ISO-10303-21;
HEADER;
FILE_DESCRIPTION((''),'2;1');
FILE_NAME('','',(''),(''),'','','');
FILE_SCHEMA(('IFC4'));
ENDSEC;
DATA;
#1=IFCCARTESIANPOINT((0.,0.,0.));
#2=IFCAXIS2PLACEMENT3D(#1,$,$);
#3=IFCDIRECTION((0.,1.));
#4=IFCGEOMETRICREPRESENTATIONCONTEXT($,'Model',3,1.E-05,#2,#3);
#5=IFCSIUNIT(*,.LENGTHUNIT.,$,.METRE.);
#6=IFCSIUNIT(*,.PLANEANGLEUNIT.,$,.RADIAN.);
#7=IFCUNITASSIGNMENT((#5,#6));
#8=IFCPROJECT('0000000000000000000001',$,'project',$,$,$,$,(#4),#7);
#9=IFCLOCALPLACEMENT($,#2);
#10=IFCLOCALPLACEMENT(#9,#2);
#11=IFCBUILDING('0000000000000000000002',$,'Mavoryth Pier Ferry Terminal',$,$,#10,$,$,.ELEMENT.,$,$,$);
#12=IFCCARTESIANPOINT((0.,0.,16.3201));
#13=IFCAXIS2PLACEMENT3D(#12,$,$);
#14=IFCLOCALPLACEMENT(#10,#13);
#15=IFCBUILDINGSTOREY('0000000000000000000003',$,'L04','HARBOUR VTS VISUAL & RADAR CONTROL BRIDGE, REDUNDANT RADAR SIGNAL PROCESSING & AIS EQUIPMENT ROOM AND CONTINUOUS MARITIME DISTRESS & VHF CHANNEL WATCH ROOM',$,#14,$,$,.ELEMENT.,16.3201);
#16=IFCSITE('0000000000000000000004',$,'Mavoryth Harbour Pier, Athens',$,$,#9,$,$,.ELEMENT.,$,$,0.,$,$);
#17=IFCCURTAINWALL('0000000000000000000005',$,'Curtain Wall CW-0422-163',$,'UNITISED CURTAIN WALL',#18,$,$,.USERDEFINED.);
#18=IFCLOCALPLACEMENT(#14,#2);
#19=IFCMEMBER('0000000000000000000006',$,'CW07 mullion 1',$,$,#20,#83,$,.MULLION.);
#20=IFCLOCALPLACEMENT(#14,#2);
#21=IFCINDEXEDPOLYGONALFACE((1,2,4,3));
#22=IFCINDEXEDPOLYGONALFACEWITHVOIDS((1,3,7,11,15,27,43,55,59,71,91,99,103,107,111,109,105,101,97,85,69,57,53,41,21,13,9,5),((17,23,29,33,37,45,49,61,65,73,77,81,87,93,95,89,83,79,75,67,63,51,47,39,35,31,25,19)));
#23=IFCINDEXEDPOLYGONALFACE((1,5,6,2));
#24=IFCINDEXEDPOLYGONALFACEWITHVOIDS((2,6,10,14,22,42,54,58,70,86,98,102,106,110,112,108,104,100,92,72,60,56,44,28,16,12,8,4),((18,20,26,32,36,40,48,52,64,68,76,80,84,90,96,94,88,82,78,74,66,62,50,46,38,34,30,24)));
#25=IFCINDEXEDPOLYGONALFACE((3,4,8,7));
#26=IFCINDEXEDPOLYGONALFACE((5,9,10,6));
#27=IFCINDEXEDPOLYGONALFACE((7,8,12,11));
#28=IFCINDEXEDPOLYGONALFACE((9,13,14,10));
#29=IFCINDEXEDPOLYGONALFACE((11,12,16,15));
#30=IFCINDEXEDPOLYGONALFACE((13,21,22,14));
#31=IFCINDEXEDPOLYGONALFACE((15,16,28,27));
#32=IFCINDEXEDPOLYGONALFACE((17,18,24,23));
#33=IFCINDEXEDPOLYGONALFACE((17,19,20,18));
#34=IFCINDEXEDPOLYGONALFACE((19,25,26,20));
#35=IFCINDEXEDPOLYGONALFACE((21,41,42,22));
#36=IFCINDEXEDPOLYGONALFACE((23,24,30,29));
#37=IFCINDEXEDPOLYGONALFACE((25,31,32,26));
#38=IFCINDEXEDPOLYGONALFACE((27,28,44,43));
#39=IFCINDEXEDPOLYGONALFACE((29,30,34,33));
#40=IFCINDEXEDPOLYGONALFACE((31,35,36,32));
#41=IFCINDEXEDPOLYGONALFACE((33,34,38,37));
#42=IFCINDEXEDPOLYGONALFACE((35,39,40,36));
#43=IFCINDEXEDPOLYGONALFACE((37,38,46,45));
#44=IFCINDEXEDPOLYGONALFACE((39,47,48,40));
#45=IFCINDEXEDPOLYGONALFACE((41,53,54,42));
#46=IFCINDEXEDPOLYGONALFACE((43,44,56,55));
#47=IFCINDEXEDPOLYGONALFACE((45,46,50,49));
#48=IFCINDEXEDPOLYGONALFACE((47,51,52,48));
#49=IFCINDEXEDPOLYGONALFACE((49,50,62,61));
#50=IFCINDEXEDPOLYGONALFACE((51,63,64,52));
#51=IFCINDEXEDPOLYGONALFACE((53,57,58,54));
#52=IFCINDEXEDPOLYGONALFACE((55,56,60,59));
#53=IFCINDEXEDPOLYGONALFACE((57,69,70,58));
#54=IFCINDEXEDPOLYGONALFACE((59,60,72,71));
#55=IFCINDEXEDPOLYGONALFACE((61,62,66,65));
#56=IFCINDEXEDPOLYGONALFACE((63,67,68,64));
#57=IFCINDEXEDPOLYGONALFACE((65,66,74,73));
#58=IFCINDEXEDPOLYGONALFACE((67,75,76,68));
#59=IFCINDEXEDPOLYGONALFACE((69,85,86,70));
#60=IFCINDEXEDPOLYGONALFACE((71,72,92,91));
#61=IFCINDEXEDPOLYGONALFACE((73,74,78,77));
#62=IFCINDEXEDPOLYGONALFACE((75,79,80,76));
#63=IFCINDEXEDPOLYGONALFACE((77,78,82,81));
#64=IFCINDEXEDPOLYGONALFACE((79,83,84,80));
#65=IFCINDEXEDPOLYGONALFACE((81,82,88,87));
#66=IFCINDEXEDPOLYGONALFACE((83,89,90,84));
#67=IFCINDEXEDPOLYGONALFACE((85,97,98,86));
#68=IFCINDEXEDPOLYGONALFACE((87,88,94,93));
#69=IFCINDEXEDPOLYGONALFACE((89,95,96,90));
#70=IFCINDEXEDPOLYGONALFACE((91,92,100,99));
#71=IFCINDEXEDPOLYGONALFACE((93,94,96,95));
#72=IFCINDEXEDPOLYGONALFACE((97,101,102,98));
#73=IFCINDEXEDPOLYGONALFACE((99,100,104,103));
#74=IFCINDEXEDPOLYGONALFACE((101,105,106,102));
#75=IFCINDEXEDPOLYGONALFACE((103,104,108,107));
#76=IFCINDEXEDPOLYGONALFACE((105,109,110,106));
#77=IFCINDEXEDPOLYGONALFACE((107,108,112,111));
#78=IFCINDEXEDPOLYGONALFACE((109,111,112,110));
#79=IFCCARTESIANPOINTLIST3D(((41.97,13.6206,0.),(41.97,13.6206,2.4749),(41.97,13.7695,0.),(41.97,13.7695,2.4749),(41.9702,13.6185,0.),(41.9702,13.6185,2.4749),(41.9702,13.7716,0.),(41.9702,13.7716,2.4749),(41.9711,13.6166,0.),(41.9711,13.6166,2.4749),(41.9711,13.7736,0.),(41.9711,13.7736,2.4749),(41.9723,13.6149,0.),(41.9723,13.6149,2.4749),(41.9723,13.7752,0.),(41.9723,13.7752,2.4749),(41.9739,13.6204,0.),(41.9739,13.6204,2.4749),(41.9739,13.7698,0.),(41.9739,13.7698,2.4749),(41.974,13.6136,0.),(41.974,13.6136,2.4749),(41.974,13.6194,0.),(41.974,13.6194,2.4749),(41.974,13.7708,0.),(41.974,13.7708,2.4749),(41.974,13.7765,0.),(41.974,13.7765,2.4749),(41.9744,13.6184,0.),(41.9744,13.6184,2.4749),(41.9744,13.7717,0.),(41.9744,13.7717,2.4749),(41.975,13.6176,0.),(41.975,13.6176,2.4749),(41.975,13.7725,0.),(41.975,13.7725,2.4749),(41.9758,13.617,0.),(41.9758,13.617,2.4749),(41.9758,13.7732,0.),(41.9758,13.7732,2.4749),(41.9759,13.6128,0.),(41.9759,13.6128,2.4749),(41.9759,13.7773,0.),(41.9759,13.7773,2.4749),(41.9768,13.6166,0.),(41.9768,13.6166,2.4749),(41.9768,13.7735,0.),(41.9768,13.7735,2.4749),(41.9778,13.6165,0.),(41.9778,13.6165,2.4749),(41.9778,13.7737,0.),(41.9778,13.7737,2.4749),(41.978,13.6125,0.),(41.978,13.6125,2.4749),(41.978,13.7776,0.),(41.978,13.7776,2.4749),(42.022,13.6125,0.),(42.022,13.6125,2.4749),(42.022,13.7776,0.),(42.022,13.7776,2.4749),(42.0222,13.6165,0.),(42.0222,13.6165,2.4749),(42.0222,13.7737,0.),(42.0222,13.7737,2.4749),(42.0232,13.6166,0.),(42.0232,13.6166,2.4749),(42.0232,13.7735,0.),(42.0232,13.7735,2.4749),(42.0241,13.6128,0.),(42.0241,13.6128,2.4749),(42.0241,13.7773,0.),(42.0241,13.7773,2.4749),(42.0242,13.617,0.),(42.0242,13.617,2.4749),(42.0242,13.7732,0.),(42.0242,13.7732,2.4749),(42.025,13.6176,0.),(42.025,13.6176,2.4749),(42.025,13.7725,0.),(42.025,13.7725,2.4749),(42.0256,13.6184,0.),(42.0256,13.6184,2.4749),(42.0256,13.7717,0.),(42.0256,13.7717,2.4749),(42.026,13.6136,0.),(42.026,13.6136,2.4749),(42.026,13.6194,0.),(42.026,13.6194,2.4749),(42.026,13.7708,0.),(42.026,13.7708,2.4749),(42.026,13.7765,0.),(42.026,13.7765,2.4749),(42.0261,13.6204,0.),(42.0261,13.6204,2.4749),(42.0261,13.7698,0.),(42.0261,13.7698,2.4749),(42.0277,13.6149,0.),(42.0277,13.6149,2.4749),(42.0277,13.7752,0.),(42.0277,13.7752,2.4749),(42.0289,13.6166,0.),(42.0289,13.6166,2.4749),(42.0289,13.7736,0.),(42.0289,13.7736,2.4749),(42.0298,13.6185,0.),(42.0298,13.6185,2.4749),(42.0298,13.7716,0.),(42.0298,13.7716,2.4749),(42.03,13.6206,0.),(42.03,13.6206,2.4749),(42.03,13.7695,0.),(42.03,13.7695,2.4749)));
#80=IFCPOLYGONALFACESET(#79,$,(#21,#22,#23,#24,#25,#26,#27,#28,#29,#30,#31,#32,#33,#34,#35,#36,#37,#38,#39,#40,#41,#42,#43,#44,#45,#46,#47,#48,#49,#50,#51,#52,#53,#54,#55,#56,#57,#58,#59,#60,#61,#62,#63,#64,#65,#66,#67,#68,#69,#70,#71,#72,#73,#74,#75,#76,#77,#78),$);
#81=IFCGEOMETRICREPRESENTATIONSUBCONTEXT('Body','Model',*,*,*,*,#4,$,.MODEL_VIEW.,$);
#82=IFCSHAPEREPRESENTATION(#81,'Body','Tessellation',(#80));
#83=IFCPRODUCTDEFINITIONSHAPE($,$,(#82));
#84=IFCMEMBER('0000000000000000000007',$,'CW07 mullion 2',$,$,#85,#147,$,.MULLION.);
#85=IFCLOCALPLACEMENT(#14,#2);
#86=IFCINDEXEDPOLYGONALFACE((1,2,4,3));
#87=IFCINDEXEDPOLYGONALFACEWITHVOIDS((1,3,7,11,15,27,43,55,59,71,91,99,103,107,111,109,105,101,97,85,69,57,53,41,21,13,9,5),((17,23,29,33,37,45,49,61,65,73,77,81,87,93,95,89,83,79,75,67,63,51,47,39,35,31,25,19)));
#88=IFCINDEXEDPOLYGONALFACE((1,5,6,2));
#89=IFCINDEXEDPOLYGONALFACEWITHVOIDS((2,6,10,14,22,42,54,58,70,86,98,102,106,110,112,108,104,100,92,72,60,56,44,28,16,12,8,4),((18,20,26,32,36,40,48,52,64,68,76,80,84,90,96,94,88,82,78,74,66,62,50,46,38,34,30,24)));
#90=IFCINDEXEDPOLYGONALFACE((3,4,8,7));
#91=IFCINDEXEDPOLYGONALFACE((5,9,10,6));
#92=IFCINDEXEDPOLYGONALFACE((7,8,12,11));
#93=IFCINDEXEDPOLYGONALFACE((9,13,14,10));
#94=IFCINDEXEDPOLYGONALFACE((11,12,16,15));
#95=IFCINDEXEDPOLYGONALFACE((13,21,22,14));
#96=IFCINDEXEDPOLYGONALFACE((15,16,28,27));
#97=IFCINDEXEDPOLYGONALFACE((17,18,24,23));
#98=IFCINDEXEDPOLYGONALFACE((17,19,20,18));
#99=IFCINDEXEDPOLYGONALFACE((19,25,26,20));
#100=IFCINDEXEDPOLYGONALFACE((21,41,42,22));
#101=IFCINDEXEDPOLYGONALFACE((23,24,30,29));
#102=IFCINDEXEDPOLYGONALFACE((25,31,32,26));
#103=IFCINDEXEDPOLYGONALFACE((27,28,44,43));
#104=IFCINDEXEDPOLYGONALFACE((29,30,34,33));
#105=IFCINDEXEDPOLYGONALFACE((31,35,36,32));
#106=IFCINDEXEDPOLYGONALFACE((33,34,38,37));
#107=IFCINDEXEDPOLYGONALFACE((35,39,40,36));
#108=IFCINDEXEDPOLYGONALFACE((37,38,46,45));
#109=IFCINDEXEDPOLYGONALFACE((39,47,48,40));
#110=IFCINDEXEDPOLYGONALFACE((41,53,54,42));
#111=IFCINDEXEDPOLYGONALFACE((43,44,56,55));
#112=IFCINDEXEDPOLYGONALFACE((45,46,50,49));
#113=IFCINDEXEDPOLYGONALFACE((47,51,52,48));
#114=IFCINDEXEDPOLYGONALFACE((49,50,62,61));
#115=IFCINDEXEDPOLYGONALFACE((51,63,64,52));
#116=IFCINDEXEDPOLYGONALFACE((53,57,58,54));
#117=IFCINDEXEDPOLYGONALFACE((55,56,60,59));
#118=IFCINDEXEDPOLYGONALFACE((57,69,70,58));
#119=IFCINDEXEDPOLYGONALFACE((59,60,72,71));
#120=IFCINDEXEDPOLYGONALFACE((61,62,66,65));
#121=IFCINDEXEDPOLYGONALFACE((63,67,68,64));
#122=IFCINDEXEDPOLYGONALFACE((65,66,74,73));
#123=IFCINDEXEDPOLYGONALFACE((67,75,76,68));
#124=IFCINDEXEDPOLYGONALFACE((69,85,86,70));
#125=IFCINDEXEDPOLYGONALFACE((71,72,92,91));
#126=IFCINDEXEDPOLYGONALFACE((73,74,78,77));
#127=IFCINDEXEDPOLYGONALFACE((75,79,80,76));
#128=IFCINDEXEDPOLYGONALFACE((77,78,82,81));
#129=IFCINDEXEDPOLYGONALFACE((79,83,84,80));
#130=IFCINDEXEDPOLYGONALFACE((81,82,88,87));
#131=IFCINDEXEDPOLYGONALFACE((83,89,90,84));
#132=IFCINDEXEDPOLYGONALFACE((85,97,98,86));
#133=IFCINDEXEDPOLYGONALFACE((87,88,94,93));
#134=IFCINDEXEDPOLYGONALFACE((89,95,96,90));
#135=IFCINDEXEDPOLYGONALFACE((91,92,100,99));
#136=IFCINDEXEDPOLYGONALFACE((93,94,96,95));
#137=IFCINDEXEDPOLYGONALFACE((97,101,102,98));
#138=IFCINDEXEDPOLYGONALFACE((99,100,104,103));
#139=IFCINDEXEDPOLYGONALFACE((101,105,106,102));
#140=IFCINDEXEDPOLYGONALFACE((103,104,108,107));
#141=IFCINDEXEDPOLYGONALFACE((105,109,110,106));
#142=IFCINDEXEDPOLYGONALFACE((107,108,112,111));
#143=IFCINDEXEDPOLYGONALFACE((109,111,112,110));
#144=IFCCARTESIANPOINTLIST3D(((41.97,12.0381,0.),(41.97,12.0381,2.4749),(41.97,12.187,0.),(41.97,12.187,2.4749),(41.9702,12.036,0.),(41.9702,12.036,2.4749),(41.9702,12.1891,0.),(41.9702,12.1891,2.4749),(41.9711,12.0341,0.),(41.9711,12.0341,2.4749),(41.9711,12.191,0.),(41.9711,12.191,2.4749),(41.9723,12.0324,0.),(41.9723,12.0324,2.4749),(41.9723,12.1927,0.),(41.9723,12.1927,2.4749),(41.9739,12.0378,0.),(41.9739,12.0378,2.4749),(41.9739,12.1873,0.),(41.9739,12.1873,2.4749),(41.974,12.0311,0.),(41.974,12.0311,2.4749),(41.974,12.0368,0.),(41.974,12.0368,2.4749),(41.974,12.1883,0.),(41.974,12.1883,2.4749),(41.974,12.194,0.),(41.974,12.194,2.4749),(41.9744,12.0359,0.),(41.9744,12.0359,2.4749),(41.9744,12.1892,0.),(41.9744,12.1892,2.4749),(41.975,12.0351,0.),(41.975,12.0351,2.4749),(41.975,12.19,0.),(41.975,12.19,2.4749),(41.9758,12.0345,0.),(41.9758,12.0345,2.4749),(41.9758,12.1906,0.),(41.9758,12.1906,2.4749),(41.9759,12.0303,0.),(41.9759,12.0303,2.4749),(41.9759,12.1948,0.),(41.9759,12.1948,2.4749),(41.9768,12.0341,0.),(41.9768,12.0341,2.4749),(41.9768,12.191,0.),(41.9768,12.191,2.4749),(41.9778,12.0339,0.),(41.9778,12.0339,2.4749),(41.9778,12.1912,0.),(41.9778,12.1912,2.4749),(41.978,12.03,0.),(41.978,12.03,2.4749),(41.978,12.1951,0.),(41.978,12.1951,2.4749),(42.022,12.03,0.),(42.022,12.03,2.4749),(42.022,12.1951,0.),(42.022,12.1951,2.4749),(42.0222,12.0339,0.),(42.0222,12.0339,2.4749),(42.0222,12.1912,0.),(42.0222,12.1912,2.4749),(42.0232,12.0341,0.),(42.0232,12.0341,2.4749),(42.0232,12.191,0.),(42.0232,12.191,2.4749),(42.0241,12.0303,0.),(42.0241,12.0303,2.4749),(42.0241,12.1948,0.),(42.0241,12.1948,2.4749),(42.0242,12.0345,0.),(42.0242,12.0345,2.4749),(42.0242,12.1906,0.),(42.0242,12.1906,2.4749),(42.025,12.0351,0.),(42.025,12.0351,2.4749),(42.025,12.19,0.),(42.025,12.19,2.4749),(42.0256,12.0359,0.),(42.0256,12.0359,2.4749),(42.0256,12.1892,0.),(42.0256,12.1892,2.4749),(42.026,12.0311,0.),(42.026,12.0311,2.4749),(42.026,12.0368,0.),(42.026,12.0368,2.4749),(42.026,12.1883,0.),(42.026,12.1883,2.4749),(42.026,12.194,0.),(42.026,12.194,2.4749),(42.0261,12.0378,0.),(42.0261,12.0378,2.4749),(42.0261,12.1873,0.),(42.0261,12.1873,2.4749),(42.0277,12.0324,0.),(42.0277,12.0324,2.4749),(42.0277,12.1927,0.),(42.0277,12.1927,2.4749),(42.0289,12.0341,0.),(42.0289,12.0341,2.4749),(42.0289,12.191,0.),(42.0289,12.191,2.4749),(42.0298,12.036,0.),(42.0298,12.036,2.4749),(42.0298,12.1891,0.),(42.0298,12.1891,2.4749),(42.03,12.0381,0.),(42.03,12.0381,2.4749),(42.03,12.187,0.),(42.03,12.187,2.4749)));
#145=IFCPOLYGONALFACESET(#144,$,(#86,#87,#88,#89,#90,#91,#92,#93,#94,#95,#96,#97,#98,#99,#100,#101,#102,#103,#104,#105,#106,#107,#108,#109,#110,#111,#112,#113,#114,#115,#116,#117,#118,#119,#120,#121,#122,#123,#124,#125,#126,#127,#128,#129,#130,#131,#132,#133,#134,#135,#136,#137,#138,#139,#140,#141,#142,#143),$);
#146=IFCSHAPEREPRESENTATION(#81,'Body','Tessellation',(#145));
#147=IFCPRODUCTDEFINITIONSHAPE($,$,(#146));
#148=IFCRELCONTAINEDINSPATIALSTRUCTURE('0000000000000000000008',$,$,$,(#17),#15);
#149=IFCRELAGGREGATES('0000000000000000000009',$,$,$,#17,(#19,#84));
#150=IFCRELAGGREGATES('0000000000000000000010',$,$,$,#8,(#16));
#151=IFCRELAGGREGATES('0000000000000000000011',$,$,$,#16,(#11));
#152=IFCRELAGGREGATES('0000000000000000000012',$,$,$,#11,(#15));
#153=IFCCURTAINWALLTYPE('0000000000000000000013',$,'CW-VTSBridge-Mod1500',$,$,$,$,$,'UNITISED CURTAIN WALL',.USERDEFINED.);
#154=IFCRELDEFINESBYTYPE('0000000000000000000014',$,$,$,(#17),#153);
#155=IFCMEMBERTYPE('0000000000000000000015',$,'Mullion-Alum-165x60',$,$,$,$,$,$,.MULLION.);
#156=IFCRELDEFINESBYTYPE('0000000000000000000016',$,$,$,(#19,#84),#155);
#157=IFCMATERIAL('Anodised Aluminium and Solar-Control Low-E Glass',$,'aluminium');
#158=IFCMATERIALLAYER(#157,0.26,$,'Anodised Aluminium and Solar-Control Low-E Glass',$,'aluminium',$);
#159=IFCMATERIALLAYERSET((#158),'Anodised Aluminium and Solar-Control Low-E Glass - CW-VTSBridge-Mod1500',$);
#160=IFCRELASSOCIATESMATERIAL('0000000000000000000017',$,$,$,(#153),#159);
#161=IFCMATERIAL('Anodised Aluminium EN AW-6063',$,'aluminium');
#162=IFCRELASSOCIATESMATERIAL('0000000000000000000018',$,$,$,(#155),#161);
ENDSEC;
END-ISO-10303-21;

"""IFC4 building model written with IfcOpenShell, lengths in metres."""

from ifc_helpers import new_model, si_unit, direction, frame, origin, origin_2d, place, context, subcontext, project, spatial, hollow_rectangle, extrude, material, layer, layer_set, material_profile, profile_set, type_object, element, aggregate, save


model = new_model("IFC4")

# Units and contexts
model_context = context("Model", 3, precision=1e-05, world=origin(), true_north=direction((0.0, 1.0)))
body_context = subcontext(model_context, "Body", "Model", "MODEL_VIEW")
ifc_project = project(units=[si_unit("LENGTHUNIT", "METRE"), si_unit("PLANEANGLEUNIT", "RADIAN")], contexts=[model_context])

# Site, building, storey
site_placement = place(None, origin())
site = spatial("IfcSite", under=ifc_project, at=site_placement, Name="Mavoryth Harbour Pier, Athens", CompositionType="ELEMENT", RefElevation=0.0)
building_placement = place(site_placement, origin())
building = spatial("IfcBuilding", under=site, at=building_placement, Name="Mavoryth Pier Ferry Terminal", CompositionType="ELEMENT")
storey_placement = place(building_placement, frame((0.0, 0.0, 16.3201)))
storey = spatial("IfcBuildingStorey", under=building, at=storey_placement, Name="L04", Description="HARBOUR VTS VISUAL & RADAR CONTROL BRIDGE, REDUNDANT RADAR SIGNAL PROCESSING & AIS EQUIPMENT ROOM AND CONTINUOUS MARITIME DISTRESS & VHF CHANNEL WATCH ROOM", CompositionType="ELEMENT", Elevation=16.3201)

# Curtain wall, members
ifc_material_1 = material(Name="Anodised Aluminium and Solar-Control Low-E Glass", Category="aluminium")
ifc_layer_1 = layer(ifc_material_1, 0.26, Name="Anodised Aluminium and Solar-Control Low-E Glass", Category="aluminium")
ifc_layer_set_1 = layer_set([ifc_layer_1], Name="Anodised Aluminium and Solar-Control Low-E Glass - CW-VTSBridge-Mod1500")
curtain_wall_type = type_object("IfcCurtainWallType", Name="CW-VTSBridge-Mod1500", ElementType="UNITISED CURTAIN WALL", PredefinedType="USERDEFINED", material=ifc_layer_set_1)
curtain_wall_1_placement = place(storey_placement, origin())
curtain_wall_1 = element("IfcCurtainWall", 1, at=curtain_wall_1_placement, inside=storey, type_object=curtain_wall_type, Name="Curtain Wall CW-0422-163", ObjectType="UNITISED CURTAIN WALL", PredefinedType="USERDEFINED")
ifc_material_2 = material(Name="Anodised Aluminium EN AW-6063", Category="aluminium")
ifc_material_profile_1 = material_profile(ifc_material_2, hollow_rectangle(XDim=0.0601, YDim=0.165, WallThickness=0.0039, InnerFilletRadius=0.0039, OuterFilletRadius=0.0081, at=origin_2d()), Name="AL-MULL 165x60x4", Category="aluminium")
ifc_profile_set_1 = profile_set([ifc_material_profile_1], Name="Anodised Aluminium EN AW-6063 - AL-MULL 165x60x4")
member_type_1 = type_object("IfcMemberType", Name="Mullion-Alum-165x60", PredefinedType="MULLION", material=ifc_profile_set_1)
member_1_placement = place(storey_placement, frame((42.0, 13.6951, 0.0), z_axis=(0.0, 0.0, 1.0), x_axis=(1.0, 0.0, 0.0)))
member_1 = element("IfcMember", 2, at=member_1_placement, type_object=member_type_1, Name="CW07 mullion 1", PredefinedType="MULLION", context=body_context, shape_type="SweptSolid", body=[
    extrude(hollow_rectangle(XDim=0.0601, YDim=0.165, WallThickness=0.0039, InnerFilletRadius=0.0039, OuterFilletRadius=0.0081, at=origin_2d()), origin(), (0.0, 0.0, 1.0), 2.4749),
])
member_2_placement = place(storey_placement, frame((42.0, 12.1125, 0.0), z_axis=(0.0, 0.0, 1.0), x_axis=(1.0, 0.0, 0.0)))
member_2 = element("IfcMember", 3, at=member_2_placement, type_object=member_type_1, Name="CW07 mullion 2", PredefinedType="MULLION", context=body_context, shape_type="SweptSolid", body=[
    extrude(hollow_rectangle(XDim=0.0601, YDim=0.165, WallThickness=0.0039, InnerFilletRadius=0.0039, OuterFilletRadius=0.0081, at=origin_2d()), origin(), (0.0, 0.0, 1.0), 2.4749),
])

aggregate(curtain_wall_1, [member_1, member_2])

save(model, "model.ifc")
